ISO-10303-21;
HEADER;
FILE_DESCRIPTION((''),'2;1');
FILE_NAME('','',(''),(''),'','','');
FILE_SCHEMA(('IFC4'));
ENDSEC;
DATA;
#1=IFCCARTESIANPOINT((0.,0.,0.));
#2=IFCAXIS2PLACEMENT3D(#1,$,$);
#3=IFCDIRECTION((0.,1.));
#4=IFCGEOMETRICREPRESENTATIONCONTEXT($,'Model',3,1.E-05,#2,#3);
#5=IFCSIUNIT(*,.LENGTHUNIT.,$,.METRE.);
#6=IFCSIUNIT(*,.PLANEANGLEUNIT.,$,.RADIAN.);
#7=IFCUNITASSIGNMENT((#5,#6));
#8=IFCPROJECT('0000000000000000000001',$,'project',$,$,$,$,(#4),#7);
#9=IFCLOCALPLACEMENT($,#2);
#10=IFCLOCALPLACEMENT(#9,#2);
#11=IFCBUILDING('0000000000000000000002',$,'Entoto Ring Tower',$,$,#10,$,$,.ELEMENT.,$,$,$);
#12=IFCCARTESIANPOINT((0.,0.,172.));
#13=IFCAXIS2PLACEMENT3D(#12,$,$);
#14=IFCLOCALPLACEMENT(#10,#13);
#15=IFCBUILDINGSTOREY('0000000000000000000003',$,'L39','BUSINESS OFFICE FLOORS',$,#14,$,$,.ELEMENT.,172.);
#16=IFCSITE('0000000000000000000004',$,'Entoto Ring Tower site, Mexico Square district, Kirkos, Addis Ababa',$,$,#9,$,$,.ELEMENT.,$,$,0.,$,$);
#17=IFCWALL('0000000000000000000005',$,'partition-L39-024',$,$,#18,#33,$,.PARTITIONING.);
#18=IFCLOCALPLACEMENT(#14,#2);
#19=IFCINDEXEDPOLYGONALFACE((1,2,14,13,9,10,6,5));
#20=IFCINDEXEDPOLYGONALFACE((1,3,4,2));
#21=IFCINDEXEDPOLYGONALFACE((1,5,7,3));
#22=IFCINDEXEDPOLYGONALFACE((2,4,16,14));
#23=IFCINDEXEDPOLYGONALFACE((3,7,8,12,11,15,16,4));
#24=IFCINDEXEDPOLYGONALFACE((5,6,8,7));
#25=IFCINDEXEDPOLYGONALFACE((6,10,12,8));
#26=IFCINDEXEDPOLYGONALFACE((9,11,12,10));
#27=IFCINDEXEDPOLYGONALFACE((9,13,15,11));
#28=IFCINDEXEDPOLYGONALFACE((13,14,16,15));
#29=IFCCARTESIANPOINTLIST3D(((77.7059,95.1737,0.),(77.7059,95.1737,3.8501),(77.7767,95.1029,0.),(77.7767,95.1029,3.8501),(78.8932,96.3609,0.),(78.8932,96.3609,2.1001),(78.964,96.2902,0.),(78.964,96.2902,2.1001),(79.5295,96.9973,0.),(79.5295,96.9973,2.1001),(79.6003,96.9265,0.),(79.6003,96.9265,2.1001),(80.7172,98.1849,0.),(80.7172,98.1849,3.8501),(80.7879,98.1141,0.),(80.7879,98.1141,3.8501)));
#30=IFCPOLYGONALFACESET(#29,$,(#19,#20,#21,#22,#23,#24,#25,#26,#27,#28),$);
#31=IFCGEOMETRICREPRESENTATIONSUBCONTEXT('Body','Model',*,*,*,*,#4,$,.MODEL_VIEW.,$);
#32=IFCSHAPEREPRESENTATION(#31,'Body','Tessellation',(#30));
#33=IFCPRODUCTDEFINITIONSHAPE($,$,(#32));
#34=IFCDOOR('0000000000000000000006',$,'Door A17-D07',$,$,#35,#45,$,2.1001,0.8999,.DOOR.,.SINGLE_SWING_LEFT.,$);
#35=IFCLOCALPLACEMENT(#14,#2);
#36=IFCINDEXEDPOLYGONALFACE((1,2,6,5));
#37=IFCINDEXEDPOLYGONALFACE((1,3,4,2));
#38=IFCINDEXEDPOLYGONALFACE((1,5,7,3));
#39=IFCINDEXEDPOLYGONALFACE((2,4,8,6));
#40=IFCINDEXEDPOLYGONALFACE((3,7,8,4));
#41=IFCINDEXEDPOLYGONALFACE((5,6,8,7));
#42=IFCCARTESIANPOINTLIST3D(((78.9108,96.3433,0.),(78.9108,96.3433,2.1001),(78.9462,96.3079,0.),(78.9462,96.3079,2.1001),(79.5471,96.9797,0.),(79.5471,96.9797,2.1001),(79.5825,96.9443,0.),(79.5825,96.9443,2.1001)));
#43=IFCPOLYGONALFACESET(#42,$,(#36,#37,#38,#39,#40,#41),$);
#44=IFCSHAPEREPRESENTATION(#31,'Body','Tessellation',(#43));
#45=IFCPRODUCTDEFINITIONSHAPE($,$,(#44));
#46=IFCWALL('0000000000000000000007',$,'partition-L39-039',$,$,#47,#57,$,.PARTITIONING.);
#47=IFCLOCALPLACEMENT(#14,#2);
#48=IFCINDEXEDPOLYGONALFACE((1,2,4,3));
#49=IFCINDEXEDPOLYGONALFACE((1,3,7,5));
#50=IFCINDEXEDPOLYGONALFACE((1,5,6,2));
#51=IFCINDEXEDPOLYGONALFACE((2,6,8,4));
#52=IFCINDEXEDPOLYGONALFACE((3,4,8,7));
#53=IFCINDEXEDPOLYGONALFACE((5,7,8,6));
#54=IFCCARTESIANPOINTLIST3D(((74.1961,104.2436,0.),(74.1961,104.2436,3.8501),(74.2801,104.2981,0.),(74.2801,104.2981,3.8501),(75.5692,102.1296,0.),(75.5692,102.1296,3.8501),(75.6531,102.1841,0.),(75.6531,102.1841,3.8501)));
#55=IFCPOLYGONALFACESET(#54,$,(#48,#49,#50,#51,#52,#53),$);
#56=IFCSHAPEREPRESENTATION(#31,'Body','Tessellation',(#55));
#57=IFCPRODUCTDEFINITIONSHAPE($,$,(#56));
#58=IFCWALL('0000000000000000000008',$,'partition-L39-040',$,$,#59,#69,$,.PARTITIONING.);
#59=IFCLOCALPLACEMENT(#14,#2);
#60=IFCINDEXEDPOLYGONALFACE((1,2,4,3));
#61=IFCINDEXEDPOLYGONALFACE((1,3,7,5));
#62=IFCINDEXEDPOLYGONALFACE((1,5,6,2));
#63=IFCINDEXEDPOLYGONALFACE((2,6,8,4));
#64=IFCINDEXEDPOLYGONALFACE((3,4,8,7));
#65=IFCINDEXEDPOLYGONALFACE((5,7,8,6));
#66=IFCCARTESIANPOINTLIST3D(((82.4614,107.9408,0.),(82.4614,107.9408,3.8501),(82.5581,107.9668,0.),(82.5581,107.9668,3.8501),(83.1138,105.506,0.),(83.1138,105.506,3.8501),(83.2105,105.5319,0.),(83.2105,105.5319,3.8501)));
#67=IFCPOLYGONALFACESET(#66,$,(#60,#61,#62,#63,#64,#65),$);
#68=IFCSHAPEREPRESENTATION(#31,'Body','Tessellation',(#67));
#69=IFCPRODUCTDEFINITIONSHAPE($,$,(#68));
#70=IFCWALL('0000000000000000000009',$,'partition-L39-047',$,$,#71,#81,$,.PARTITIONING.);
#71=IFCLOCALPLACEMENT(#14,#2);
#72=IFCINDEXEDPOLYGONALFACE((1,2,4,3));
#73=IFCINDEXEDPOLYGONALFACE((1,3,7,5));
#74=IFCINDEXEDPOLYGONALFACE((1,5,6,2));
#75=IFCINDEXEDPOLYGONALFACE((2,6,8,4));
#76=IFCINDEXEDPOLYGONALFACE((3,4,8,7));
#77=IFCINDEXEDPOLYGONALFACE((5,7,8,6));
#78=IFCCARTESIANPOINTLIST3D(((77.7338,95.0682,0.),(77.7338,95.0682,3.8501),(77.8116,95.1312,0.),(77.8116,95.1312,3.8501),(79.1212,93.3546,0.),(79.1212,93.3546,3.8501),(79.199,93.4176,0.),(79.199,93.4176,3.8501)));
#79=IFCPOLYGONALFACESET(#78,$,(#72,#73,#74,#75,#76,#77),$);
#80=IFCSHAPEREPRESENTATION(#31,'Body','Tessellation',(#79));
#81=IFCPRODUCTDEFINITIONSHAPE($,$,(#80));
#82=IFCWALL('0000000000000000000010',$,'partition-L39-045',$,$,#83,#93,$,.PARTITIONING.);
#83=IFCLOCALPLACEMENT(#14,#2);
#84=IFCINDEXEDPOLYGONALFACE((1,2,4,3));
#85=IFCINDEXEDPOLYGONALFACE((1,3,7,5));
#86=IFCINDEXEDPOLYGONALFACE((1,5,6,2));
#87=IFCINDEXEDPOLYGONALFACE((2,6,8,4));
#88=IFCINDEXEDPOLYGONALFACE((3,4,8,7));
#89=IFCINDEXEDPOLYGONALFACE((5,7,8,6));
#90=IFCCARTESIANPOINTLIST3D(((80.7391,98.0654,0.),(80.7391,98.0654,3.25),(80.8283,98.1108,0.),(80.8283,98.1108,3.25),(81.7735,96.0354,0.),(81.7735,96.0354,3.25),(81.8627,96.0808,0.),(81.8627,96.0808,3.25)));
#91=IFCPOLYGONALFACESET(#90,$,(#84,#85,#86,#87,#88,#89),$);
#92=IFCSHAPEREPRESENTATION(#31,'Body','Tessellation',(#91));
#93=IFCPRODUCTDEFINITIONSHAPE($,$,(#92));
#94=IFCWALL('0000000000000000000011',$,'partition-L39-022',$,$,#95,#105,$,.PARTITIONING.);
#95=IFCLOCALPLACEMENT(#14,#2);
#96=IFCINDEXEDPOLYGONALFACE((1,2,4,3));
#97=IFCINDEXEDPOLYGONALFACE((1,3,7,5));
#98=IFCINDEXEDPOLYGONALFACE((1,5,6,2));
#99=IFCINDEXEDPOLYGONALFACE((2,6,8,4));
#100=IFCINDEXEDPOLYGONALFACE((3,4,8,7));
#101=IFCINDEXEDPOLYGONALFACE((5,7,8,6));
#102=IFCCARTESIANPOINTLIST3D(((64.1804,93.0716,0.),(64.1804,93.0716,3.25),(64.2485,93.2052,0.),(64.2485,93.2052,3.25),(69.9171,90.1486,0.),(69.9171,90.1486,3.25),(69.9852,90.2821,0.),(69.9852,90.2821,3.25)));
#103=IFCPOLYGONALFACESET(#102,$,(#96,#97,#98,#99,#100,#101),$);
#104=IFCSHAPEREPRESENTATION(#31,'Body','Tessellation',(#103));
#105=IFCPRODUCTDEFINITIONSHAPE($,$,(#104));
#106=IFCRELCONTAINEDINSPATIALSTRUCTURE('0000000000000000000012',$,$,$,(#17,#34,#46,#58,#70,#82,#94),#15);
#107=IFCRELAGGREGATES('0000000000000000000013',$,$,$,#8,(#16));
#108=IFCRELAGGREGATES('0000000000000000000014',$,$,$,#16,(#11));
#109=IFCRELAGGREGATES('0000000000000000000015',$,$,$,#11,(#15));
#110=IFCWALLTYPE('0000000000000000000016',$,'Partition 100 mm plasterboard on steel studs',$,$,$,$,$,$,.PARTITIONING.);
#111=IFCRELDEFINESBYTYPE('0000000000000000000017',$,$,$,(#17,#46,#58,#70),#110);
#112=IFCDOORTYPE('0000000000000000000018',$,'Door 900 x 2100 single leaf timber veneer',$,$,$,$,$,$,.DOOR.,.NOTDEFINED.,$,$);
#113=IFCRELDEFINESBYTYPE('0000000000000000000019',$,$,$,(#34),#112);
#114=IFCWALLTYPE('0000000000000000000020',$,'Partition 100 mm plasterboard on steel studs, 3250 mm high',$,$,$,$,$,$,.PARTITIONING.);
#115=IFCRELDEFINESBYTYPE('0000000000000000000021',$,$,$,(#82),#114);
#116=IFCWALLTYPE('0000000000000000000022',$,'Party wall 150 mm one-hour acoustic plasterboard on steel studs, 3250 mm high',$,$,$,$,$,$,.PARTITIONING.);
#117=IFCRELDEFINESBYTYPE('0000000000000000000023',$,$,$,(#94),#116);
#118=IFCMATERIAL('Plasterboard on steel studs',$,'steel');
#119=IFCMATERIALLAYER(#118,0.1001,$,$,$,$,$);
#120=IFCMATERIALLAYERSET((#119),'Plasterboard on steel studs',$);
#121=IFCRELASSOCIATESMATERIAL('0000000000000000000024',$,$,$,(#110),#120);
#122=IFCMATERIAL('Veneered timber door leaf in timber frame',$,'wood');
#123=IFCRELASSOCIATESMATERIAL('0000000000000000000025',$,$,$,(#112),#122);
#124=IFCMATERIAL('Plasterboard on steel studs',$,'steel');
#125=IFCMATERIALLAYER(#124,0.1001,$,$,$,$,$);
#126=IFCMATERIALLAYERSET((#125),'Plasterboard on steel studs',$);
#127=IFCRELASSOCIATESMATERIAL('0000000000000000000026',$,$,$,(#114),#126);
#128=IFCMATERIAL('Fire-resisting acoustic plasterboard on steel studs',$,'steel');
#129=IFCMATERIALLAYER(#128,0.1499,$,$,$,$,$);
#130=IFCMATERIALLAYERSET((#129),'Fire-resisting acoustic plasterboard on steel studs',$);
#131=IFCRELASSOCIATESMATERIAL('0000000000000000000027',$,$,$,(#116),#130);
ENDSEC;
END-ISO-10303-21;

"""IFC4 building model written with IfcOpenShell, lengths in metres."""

from ifc_helpers import new_model, si_unit, direction, frame, frame_2d, origin, place, context, subcontext, project, spatial, rectangle, extrude, material, layer, layer_set, type_object, element, fill, save


model = new_model("IFC4")

# Units and contexts
model_context = context("Model", 3, precision=1e-05, world=origin(), true_north=direction((0.0, 1.0)))
body_context = subcontext(model_context, "Body", "Model", "MODEL_VIEW")
ifc_project = project(units=[si_unit("LENGTHUNIT", "METRE"), si_unit("PLANEANGLEUNIT", "RADIAN")], contexts=[model_context])

# Site, building, storey
site_placement = place(None, origin())
site = spatial("IfcSite", under=ifc_project, at=site_placement, Name="Entoto Ring Tower site, Mexico Square district, Kirkos, Addis Ababa", CompositionType="ELEMENT", RefElevation=0.0)
building_placement = place(site_placement, origin())
building = spatial("IfcBuilding", under=site, at=building_placement, Name="Entoto Ring Tower", CompositionType="ELEMENT")
storey_placement = place(building_placement, frame((0.0, 0.0, 172.0)))
storey = spatial("IfcBuildingStorey", under=building, at=storey_placement, Name="L39", Description="BUSINESS OFFICE FLOORS", CompositionType="ELEMENT", Elevation=172.0)

# Wall, opening, door
ifc_material_1 = material(Name="Plasterboard on steel studs", Category="steel")
ifc_layer_1 = layer(ifc_material_1, 0.1001)
ifc_layer_set_1 = layer_set([ifc_layer_1], Name="Plasterboard on steel studs")
wall_type_1 = type_object("IfcWallType", Name="Partition 100 mm plasterboard on steel studs", PredefinedType="PARTITIONING", material=ifc_layer_set_1)
ifc_material_2 = material(Name="Veneered timber door leaf in timber frame", Category="wood")
door_type_1 = type_object("IfcDoorType", Name="Door 900 x 2100 single leaf timber veneer", OperationType="NOTDEFINED", PredefinedType="DOOR", material=ifc_material_2)
wall_1_placement = place(storey_placement, frame((77.7412, 95.1382, 0.0), z_axis=(0.0, 0.0, 1.0), x_axis=(0.707107, 0.707107, 0.0)))
wall_1 = element("IfcWall", 1, at=wall_1_placement, inside=storey, type_object=wall_type_1, Name="partition-L39-024", PredefinedType="PARTITIONING", context=body_context, shape_type="SweptSolid", body=[
    extrude(rectangle(XDim=4.2585, YDim=0.1001, at=frame_2d((2.1294, 0.0))), origin(), (0.0, 0.0, 1.0), 3.8501),
])
opening_1_placement = place(wall_1_placement, frame((1.6792, 0.0, 0.0)))
opening_1 = element("IfcOpeningElement", 2, at=opening_1_placement, cuts=wall_1, PredefinedType="OPENING", context=body_context, shape_type="SweptSolid", body=[
    extrude(rectangle(XDim=0.8999, YDim=2.1001, at=frame_2d((0.45, 1.05))), frame((0.0, 0.0601, 0.0), z_axis=(0.0, -1.0, 0.0), x_axis=(1.0, 0.0, 0.0)), (0.0, 0.0, 1.0), 0.1201),
])
door_1_placement = place(opening_1_placement, frame((0.8999, 0.0, 0.0), z_axis=(0.0, 0.0, 1.0), x_axis=(-1.0, 0.0, 0.0)))
door_1 = element("IfcDoor", 3, at=door_1_placement, inside=storey, type_object=door_type_1, Name="Door A17-D07", OperationType="SINGLE_SWING_LEFT", OverallHeight=2.1001, OverallWidth=0.8999, PredefinedType="DOOR", context=body_context, shape_type="SweptSolid", body=[
    extrude(rectangle(XDim=0.8999, YDim=2.1001, at=frame_2d((0.45, 1.05))), frame((0.0, 0.0249, 0.0), z_axis=(0.0, -1.0, 0.0), x_axis=(1.0, 0.0, 0.0)), (0.0, 0.0, 1.0), 0.05),
])
fill(opening_1, door_1)

# Walls
for number, where, z_axis, x_axis, name in (
    (4, (75.6111, 102.157, 0.0), (0.0, 0.0, 1.0), (-0.544692, 0.838636, 0.0), "partition-L39-039"),
    (5, (83.1621, 105.519, 0.0), (0.0, 0.0, 1.0), (-0.258796, 0.965932, 0.0), "partition-L39-040"),
):
    element("IfcWall", number, at=place(storey_placement, frame(where, z_axis=z_axis, x_axis=x_axis)), inside=storey, type_object=wall_type_1, Name=name, PredefinedType="PARTITIONING", context=body_context, shape_type="SweptSolid", body=[
        extrude(rectangle(XDim=2.5208, YDim=0.1001, at=frame_2d((1.2603, 0.0))), origin(), (0.0, 0.0, 1.0), 3.8501),
    ])
wall_2_placement = place(storey_placement, frame((79.1602, 93.386, 0.0), z_axis=(0.0, 0.0, 1.0), x_axis=(-0.629262, 0.777193, 0.0)))
element("IfcWall", 6, at=wall_2_placement, inside=storey, type_object=wall_type_1, Name="partition-L39-047", PredefinedType="PARTITIONING", context=body_context, shape_type="SweptSolid", body=[
    extrude(rectangle(XDim=2.2048, YDim=0.1001, at=frame_2d((1.1025, 0.0))), origin(), (0.0, 0.0, 1.0), 3.8501),
])
ifc_material_3 = material(Name="Plasterboard on steel studs", Category="steel")
ifc_layer_2 = layer(ifc_material_3, 0.1001)
ifc_layer_set_2 = layer_set([ifc_layer_2], Name="Plasterboard on steel studs")
wall_type_2 = type_object("IfcWallType", Name="Partition 100 mm plasterboard on steel studs, 3250 mm high", PredefinedType="PARTITIONING", material=ifc_layer_set_2)
wall_3_placement = place(storey_placement, frame((81.8181, 96.0581, 0.0), z_axis=(0.0, 0.0, 1.0), x_axis=(-0.454016, 0.890994, 0.0)))
element("IfcWall", 7, at=wall_3_placement, inside=storey, type_object=wall_type_2, Name="partition-L39-045", PredefinedType="PARTITIONING", context=body_context, shape_type="SweptSolid", body=[
    extrude(rectangle(XDim=2.2783, YDim=0.1001, at=frame_2d((1.1392, 0.0))), origin(), (0.0, 0.0, 1.0), 3.25),
])
ifc_material_4 = material(Name="Fire-resisting acoustic plasterboard on steel studs", Category="steel")
ifc_layer_3 = layer(ifc_material_4, 0.1499)
ifc_layer_set_3 = layer_set([ifc_layer_3], Name="Fire-resisting acoustic plasterboard on steel studs")
wall_type_3 = type_object("IfcWallType", Name="Party wall 150 mm one-hour acoustic plasterboard on steel studs, 3250 mm high", PredefinedType="PARTITIONING", material=ifc_layer_set_3)
wall_4_placement = place(storey_placement, frame((69.9512, 90.2153, 0.0), z_axis=(0.0, 0.0, 1.0), x_axis=(-0.891004, 0.453996, 0.0)))
element("IfcWall", 8, at=wall_4_placement, inside=storey, type_object=wall_type_3, Name="partition-L39-022", PredefinedType="PARTITIONING", context=body_context, shape_type="SweptSolid", body=[
    extrude(rectangle(XDim=6.4385, YDim=0.1499, at=frame_2d((3.2192, 0.0))), origin(), (0.0, 0.0, 1.0), 3.25),
])

save(model, "model.ifc")
